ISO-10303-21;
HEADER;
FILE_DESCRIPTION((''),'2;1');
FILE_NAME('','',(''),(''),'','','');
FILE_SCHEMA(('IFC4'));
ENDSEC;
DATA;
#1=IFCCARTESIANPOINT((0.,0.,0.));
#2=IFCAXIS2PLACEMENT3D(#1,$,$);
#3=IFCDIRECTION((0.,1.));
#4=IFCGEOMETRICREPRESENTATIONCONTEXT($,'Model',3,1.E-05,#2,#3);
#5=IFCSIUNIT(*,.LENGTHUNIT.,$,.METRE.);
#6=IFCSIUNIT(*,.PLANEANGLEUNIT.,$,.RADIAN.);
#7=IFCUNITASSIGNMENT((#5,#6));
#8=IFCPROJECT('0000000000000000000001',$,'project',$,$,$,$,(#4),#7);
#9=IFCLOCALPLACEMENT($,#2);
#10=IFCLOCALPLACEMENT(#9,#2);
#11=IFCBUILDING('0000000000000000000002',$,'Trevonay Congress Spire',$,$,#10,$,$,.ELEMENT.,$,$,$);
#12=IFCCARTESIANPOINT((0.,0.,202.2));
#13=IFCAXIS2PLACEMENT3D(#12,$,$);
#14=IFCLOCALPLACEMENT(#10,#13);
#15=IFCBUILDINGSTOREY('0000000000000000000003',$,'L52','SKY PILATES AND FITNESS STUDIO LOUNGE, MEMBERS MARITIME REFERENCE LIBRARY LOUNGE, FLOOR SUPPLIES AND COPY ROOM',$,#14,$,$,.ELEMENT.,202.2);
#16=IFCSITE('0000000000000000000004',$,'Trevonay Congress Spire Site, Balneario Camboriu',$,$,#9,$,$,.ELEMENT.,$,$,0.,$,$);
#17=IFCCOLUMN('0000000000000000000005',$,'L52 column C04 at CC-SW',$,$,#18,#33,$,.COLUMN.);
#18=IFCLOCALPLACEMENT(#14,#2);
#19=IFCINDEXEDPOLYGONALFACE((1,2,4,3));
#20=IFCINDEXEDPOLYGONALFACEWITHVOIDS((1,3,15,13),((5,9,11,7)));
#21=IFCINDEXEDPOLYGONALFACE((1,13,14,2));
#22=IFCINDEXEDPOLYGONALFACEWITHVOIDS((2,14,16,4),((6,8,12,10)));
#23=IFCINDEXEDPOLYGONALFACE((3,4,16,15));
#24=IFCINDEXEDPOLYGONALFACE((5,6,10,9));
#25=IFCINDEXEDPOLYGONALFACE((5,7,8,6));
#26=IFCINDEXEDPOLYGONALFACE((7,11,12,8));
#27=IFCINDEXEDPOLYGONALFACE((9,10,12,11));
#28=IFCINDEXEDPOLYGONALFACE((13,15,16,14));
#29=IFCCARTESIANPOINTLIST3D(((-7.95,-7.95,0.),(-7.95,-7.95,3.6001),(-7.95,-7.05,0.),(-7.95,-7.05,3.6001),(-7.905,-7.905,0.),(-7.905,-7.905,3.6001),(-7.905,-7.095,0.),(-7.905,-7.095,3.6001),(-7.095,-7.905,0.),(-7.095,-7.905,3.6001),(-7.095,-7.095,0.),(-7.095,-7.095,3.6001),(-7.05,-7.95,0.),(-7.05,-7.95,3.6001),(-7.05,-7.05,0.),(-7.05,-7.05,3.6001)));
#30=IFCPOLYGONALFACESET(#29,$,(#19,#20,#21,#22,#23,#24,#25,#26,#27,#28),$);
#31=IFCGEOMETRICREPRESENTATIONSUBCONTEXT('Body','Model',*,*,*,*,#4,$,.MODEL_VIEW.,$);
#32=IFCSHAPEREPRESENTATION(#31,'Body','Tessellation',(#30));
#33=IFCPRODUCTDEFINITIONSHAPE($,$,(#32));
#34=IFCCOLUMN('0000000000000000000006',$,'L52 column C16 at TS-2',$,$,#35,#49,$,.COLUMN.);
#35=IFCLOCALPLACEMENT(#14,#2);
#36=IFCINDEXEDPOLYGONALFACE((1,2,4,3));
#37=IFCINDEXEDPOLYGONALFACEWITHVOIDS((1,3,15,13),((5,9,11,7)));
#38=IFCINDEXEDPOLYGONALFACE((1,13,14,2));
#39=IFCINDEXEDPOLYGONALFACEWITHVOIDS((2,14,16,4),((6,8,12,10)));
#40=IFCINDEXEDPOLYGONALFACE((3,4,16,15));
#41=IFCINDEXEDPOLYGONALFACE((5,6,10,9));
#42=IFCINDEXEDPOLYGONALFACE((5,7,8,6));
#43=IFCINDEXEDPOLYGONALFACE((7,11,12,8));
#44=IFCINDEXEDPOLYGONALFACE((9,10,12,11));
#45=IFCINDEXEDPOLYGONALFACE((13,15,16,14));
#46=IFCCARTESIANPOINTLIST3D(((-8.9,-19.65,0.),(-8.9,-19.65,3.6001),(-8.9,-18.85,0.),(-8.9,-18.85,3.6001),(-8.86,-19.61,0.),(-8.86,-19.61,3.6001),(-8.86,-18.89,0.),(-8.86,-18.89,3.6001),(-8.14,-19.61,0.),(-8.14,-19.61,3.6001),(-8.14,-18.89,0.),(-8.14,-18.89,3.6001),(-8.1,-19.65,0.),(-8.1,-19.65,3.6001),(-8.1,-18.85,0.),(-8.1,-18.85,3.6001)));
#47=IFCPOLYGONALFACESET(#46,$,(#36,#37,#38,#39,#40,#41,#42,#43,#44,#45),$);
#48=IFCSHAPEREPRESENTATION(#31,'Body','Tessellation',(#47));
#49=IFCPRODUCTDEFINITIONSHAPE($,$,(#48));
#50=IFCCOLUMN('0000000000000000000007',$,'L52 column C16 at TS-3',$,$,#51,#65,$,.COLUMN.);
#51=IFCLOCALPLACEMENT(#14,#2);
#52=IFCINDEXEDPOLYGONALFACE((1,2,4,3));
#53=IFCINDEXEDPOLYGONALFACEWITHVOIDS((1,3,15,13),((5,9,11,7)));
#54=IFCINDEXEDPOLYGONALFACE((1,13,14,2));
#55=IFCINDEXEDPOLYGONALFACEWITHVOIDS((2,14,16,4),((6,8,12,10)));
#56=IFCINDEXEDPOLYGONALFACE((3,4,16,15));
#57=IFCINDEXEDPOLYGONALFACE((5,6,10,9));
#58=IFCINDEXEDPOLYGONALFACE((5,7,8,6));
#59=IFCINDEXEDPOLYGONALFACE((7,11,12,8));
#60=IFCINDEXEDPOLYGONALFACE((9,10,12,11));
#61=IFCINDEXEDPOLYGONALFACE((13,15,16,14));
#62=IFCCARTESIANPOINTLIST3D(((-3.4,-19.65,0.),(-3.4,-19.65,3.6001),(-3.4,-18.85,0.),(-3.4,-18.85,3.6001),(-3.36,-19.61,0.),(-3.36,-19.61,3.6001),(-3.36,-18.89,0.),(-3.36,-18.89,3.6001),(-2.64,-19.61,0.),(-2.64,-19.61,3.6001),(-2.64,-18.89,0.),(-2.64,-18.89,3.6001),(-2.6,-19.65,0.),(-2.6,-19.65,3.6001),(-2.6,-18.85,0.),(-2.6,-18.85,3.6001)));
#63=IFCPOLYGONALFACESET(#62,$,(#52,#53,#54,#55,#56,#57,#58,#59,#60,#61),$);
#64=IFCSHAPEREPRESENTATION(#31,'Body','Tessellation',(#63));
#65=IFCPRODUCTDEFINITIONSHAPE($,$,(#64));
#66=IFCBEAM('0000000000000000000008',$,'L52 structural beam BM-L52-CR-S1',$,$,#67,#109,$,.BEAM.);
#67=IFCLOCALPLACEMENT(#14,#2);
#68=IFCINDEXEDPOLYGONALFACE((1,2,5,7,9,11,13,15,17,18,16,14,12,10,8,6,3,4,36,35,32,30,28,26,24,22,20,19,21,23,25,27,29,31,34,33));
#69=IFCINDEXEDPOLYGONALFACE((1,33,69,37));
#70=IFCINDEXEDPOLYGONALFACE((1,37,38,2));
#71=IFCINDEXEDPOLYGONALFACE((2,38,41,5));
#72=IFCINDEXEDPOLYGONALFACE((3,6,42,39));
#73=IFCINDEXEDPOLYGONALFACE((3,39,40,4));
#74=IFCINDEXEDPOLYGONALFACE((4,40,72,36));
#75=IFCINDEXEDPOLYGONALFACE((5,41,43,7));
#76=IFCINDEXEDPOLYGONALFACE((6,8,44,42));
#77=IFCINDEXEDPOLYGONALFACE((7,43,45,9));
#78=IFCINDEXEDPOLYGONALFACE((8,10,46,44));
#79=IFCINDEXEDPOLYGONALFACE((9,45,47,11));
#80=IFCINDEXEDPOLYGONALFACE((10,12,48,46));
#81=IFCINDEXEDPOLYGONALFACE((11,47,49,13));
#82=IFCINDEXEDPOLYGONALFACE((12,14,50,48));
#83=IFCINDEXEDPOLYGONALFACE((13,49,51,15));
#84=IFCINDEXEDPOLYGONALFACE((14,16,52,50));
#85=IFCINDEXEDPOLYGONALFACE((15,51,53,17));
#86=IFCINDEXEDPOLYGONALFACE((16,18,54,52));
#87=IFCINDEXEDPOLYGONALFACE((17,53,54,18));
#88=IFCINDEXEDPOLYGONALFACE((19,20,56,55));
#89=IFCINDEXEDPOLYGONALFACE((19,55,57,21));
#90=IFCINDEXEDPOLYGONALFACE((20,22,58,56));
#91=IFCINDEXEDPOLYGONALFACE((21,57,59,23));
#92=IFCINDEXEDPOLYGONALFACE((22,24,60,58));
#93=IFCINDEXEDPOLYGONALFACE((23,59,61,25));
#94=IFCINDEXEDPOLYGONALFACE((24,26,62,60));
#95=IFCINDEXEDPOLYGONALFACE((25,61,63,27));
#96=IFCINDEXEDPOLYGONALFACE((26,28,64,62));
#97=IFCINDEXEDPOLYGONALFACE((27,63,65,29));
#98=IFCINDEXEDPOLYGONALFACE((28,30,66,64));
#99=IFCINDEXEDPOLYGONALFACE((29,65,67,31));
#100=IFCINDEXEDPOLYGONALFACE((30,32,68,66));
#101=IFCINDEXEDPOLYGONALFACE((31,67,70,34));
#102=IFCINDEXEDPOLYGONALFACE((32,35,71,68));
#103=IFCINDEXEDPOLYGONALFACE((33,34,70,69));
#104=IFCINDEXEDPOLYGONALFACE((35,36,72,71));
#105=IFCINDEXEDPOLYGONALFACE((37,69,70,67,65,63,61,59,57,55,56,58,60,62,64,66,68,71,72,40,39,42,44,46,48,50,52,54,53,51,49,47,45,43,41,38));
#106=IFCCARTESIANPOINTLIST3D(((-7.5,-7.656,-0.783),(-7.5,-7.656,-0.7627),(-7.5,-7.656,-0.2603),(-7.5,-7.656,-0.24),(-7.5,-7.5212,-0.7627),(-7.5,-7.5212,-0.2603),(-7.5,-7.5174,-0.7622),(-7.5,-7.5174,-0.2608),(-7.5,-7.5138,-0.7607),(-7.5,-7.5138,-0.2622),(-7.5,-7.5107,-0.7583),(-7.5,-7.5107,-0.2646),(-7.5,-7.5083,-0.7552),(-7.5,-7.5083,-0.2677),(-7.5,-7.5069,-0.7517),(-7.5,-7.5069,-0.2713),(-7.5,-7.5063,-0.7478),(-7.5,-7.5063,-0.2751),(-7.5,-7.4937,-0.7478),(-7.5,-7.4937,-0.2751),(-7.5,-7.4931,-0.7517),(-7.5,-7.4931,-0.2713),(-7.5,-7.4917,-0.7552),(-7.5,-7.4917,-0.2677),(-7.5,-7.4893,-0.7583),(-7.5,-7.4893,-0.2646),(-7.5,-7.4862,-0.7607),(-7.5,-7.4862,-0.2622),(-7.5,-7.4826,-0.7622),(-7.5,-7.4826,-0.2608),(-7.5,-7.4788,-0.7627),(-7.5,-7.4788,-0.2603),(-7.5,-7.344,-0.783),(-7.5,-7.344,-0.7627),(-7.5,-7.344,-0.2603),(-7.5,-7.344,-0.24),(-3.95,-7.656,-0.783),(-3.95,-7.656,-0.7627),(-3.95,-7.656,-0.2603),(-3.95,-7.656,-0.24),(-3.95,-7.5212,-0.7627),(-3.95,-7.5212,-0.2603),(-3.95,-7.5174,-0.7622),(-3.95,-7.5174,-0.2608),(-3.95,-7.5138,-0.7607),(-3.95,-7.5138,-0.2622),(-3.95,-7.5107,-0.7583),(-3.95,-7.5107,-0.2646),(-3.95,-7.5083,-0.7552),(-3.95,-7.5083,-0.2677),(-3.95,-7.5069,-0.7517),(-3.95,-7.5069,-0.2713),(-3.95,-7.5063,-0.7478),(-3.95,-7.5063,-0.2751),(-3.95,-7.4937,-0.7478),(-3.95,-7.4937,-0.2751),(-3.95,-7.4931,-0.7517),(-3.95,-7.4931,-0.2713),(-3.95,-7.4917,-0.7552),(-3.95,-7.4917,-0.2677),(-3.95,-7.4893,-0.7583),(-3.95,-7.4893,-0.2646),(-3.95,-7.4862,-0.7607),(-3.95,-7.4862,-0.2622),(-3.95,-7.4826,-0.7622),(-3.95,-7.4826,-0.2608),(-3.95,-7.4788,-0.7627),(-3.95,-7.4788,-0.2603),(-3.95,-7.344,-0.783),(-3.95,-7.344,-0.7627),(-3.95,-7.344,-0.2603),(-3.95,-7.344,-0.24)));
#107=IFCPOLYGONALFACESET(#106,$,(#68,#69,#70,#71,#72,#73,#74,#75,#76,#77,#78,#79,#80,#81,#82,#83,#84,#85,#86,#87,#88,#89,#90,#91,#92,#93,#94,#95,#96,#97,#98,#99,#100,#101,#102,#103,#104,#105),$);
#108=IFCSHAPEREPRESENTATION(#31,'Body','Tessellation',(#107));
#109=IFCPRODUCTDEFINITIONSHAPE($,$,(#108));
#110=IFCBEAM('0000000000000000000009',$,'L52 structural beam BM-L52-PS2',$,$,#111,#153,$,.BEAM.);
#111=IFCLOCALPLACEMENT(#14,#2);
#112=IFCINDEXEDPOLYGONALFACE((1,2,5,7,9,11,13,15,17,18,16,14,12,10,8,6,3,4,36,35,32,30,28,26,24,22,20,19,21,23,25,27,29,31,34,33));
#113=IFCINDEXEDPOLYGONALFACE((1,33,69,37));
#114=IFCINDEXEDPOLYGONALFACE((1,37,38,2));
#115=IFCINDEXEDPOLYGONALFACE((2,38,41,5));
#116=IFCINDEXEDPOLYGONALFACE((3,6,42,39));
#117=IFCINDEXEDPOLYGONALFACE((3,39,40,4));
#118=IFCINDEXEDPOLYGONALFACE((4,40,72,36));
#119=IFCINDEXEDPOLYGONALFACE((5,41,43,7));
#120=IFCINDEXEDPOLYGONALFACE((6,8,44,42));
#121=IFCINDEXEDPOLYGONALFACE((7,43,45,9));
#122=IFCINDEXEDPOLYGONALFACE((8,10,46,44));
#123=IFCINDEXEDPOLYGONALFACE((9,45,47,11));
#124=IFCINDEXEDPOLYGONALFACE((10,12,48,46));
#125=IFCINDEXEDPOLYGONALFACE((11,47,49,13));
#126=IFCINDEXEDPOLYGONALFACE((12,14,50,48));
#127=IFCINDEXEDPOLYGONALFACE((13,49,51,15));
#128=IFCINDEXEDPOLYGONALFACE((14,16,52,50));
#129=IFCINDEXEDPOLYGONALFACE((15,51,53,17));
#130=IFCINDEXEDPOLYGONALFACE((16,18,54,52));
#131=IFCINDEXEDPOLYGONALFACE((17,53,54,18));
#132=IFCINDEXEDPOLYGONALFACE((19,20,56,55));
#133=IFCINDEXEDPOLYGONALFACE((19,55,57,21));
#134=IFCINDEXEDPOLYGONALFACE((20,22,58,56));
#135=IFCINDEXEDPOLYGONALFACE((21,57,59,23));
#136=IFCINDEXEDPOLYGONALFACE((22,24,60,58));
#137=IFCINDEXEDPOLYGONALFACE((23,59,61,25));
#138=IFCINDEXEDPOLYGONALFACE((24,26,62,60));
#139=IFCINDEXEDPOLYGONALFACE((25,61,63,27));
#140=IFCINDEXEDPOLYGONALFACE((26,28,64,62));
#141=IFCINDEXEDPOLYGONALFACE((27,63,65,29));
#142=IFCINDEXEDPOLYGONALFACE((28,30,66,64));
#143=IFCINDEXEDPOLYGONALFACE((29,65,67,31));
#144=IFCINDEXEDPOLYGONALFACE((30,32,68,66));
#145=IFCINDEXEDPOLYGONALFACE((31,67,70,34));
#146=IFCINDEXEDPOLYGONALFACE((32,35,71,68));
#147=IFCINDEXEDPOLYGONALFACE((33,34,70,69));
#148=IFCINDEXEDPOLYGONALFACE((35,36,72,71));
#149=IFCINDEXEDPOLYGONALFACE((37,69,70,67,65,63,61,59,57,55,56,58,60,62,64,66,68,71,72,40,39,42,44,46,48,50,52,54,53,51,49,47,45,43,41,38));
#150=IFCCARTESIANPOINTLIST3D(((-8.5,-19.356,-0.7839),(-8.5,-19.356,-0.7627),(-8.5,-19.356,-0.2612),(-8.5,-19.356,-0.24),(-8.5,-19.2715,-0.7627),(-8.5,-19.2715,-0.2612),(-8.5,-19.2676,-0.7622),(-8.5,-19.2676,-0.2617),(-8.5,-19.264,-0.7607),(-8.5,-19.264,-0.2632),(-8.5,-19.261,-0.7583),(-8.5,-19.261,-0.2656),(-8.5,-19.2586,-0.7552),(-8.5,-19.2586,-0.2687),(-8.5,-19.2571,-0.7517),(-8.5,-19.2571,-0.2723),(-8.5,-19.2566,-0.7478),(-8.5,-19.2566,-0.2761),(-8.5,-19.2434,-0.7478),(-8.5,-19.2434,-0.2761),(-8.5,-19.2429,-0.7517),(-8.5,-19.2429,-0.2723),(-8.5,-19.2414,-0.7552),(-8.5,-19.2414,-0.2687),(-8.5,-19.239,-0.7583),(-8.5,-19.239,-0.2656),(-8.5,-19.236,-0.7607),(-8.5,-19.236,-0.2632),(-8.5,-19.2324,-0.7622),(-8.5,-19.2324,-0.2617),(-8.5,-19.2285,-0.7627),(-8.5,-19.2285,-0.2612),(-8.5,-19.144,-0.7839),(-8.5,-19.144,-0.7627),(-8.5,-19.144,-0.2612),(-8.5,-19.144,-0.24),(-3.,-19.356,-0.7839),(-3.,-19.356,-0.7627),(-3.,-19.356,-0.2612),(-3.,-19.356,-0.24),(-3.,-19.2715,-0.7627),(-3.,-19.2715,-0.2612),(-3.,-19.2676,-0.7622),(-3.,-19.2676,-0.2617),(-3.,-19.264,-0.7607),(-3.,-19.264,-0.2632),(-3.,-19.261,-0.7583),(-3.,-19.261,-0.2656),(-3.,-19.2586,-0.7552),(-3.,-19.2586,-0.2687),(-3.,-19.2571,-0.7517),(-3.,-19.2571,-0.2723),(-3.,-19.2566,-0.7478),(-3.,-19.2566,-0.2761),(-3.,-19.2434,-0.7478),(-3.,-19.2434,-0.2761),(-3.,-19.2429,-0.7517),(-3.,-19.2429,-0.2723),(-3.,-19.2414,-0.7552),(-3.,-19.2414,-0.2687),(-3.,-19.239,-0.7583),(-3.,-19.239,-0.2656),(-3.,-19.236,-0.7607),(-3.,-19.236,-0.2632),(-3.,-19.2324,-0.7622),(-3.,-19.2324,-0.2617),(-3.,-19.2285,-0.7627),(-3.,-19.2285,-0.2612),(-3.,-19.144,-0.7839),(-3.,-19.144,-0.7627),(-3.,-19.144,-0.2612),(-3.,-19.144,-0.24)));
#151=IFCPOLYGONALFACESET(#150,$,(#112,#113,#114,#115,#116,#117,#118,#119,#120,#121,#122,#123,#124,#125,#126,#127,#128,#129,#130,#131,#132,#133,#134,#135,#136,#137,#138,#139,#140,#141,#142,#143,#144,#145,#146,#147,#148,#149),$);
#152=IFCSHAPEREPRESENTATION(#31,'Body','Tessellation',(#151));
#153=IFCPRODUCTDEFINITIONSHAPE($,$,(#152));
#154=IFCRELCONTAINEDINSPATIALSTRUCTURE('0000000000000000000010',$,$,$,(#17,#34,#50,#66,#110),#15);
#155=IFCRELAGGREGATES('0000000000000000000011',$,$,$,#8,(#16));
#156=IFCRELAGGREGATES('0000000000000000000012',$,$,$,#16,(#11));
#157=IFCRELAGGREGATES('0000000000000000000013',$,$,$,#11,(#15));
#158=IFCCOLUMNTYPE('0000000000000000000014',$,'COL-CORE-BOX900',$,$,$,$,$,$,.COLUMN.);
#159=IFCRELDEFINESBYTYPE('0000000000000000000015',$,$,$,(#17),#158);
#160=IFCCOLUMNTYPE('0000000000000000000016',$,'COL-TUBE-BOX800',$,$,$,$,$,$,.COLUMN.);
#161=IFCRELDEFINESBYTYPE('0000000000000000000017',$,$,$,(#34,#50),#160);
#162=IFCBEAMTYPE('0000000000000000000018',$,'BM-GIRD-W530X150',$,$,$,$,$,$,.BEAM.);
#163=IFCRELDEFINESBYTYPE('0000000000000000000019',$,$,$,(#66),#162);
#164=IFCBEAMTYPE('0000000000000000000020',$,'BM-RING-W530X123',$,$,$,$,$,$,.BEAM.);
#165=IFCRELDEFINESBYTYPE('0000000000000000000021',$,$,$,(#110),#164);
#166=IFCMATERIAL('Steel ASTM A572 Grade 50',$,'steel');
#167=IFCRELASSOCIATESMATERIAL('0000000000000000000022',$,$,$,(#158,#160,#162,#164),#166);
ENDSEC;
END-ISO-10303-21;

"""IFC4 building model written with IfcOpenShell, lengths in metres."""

from ifc_helpers import new_model, si_unit, direction, frame, origin, origin_2d, place, context, subcontext, project, spatial, hollow_rectangle, i_section, extrude, material, material_profile, profile_set, type_object, element, save


model = new_model("IFC4")

# Units and contexts
model_context = context("Model", 3, precision=1e-05, world=origin(), true_north=direction((0.0, 1.0)))
body_context = subcontext(model_context, "Body", "Model", "MODEL_VIEW")
ifc_project = project(units=[si_unit("LENGTHUNIT", "METRE"), si_unit("PLANEANGLEUNIT", "RADIAN")], contexts=[model_context])

# Site, building, storey
site_placement = place(None, origin())
site = spatial("IfcSite", under=ifc_project, at=site_placement, Name="Trevonay Congress Spire Site, Balneario Camboriu", CompositionType="ELEMENT", RefElevation=0.0)
building_placement = place(site_placement, origin())
building = spatial("IfcBuilding", under=site, at=building_placement, Name="Trevonay Congress Spire", CompositionType="ELEMENT")
storey_placement = place(building_placement, frame((0.0, 0.0, 202.2)))
storey = spatial("IfcBuildingStorey", under=building, at=storey_placement, Name="L52", Description="SKY PILATES AND FITNESS STUDIO LOUNGE, MEMBERS MARITIME REFERENCE LIBRARY LOUNGE, FLOOR SUPPLIES AND COPY ROOM", CompositionType="ELEMENT", Elevation=202.2)

# Columns
ifc_material_1 = material(Name="Steel ASTM A572 Grade 50", Category="steel")
ifc_material_profile_1 = material_profile(ifc_material_1, hollow_rectangle(XDim=0.8999, YDim=0.8999, WallThickness=0.0449, at=origin_2d()), Name="BOX 900x900x45")
ifc_profile_set_1 = profile_set([ifc_material_profile_1], Name="Steel ASTM A572 Grade 50")
column_type_1 = type_object("IfcColumnType", Name="COL-CORE-BOX900", PredefinedType="COLUMN", material=ifc_profile_set_1)
column_placement = place(storey_placement, frame((-7.5, -7.5, 0.0), z_axis=(0.0, 0.0, 1.0), x_axis=(1.0, 0.0, 0.0)))
element("IfcColumn", 1, at=column_placement, inside=storey, type_object=column_type_1, Name="L52 column C04 at CC-SW", PredefinedType="COLUMN", context=body_context, shape_type="SweptSolid", body=[
    extrude(hollow_rectangle(XDim=0.8999, YDim=0.8999, WallThickness=0.0449, at=origin_2d()), origin(), (0.0, 0.0, 1.0), 3.6001),
])
ifc_material_profile_2 = material_profile(ifc_material_1, hollow_rectangle(XDim=0.8, YDim=0.8, WallThickness=0.04, at=origin_2d()), Name="BOX 800x800x40")
ifc_profile_set_2 = profile_set([ifc_material_profile_2], Name="Steel ASTM A572 Grade 50")
column_type_2 = type_object("IfcColumnType", Name="COL-TUBE-BOX800", PredefinedType="COLUMN", material=ifc_profile_set_2)
for number, where, z_axis, x_axis, name in (
    (2, (-8.5, -19.25, 0.0), (0.0, 0.0, 1.0), (1.0, 0.0, 0.0), "L52 column C16 at TS-2"),
    (3, (-3.0, -19.25, 0.0), (0.0, 0.0, 1.0), (1.0, 0.0, 0.0), "L52 column C16 at TS-3"),
):
    element("IfcColumn", number, at=place(storey_placement, frame(where, z_axis=z_axis, x_axis=x_axis)), inside=storey, type_object=column_type_2, Name=name, PredefinedType="COLUMN", context=body_context, shape_type="SweptSolid", body=[
        extrude(hollow_rectangle(XDim=0.8, YDim=0.8, WallThickness=0.04, at=origin_2d()), origin(), (0.0, 0.0, 1.0), 3.6001),
    ])

# Beams
ifc_material_profile_3 = material_profile(ifc_material_1, i_section(OverallWidth=0.312, OverallDepth=0.543, WebThickness=0.0127, FlangeThickness=0.0203, FilletRadius=0.0149, at=origin_2d()), Name="W530x150")
ifc_profile_set_3 = profile_set([ifc_material_profile_3], Name="Steel ASTM A572 Grade 50")
beam_type_1 = type_object("IfcBeamType", Name="BM-GIRD-W530X150", PredefinedType="BEAM", material=ifc_profile_set_3)
beam_1_placement = place(storey_placement, frame((-7.5, -7.5, -0.5115), z_axis=(1.0, 0.0, 0.0), x_axis=(0.0, 1.0, 0.0)))
element("IfcBeam", 4, at=beam_1_placement, inside=storey, type_object=beam_type_1, Name="L52 structural beam BM-L52-CR-S1", PredefinedType="BEAM", context=body_context, shape_type="SweptSolid", body=[
    extrude(i_section(OverallWidth=0.312, OverallDepth=0.543, WebThickness=0.0127, FlangeThickness=0.0203, FilletRadius=0.0149, at=origin_2d()), origin(), (0.0, 0.0, 1.0), 3.55),
])
ifc_material_profile_4 = material_profile(ifc_material_1, i_section(OverallWidth=0.2119, OverallDepth=0.5439, WebThickness=0.0132, FlangeThickness=0.0212, FilletRadius=0.0149, at=origin_2d()), Name="W530x123")
ifc_profile_set_4 = profile_set([ifc_material_profile_4], Name="Steel ASTM A572 Grade 50")
beam_type_2 = type_object("IfcBeamType", Name="BM-RING-W530X123", PredefinedType="BEAM", material=ifc_profile_set_4)
beam_2_placement = place(storey_placement, frame((-8.5, -19.25, -0.512), z_axis=(1.0, 0.0, 0.0), x_axis=(0.0, 1.0, 0.0)))
element("IfcBeam", 5, at=beam_2_placement, inside=storey, type_object=beam_type_2, Name="L52 structural beam BM-L52-PS2", PredefinedType="BEAM", context=body_context, shape_type="SweptSolid", body=[
    extrude(i_section(OverallWidth=0.2119, OverallDepth=0.5439, WebThickness=0.0132, FlangeThickness=0.0212, FilletRadius=0.0149, at=origin_2d()), origin(), (0.0, 0.0, 1.0), 5.5),
])

save(model, "model.ifc")
